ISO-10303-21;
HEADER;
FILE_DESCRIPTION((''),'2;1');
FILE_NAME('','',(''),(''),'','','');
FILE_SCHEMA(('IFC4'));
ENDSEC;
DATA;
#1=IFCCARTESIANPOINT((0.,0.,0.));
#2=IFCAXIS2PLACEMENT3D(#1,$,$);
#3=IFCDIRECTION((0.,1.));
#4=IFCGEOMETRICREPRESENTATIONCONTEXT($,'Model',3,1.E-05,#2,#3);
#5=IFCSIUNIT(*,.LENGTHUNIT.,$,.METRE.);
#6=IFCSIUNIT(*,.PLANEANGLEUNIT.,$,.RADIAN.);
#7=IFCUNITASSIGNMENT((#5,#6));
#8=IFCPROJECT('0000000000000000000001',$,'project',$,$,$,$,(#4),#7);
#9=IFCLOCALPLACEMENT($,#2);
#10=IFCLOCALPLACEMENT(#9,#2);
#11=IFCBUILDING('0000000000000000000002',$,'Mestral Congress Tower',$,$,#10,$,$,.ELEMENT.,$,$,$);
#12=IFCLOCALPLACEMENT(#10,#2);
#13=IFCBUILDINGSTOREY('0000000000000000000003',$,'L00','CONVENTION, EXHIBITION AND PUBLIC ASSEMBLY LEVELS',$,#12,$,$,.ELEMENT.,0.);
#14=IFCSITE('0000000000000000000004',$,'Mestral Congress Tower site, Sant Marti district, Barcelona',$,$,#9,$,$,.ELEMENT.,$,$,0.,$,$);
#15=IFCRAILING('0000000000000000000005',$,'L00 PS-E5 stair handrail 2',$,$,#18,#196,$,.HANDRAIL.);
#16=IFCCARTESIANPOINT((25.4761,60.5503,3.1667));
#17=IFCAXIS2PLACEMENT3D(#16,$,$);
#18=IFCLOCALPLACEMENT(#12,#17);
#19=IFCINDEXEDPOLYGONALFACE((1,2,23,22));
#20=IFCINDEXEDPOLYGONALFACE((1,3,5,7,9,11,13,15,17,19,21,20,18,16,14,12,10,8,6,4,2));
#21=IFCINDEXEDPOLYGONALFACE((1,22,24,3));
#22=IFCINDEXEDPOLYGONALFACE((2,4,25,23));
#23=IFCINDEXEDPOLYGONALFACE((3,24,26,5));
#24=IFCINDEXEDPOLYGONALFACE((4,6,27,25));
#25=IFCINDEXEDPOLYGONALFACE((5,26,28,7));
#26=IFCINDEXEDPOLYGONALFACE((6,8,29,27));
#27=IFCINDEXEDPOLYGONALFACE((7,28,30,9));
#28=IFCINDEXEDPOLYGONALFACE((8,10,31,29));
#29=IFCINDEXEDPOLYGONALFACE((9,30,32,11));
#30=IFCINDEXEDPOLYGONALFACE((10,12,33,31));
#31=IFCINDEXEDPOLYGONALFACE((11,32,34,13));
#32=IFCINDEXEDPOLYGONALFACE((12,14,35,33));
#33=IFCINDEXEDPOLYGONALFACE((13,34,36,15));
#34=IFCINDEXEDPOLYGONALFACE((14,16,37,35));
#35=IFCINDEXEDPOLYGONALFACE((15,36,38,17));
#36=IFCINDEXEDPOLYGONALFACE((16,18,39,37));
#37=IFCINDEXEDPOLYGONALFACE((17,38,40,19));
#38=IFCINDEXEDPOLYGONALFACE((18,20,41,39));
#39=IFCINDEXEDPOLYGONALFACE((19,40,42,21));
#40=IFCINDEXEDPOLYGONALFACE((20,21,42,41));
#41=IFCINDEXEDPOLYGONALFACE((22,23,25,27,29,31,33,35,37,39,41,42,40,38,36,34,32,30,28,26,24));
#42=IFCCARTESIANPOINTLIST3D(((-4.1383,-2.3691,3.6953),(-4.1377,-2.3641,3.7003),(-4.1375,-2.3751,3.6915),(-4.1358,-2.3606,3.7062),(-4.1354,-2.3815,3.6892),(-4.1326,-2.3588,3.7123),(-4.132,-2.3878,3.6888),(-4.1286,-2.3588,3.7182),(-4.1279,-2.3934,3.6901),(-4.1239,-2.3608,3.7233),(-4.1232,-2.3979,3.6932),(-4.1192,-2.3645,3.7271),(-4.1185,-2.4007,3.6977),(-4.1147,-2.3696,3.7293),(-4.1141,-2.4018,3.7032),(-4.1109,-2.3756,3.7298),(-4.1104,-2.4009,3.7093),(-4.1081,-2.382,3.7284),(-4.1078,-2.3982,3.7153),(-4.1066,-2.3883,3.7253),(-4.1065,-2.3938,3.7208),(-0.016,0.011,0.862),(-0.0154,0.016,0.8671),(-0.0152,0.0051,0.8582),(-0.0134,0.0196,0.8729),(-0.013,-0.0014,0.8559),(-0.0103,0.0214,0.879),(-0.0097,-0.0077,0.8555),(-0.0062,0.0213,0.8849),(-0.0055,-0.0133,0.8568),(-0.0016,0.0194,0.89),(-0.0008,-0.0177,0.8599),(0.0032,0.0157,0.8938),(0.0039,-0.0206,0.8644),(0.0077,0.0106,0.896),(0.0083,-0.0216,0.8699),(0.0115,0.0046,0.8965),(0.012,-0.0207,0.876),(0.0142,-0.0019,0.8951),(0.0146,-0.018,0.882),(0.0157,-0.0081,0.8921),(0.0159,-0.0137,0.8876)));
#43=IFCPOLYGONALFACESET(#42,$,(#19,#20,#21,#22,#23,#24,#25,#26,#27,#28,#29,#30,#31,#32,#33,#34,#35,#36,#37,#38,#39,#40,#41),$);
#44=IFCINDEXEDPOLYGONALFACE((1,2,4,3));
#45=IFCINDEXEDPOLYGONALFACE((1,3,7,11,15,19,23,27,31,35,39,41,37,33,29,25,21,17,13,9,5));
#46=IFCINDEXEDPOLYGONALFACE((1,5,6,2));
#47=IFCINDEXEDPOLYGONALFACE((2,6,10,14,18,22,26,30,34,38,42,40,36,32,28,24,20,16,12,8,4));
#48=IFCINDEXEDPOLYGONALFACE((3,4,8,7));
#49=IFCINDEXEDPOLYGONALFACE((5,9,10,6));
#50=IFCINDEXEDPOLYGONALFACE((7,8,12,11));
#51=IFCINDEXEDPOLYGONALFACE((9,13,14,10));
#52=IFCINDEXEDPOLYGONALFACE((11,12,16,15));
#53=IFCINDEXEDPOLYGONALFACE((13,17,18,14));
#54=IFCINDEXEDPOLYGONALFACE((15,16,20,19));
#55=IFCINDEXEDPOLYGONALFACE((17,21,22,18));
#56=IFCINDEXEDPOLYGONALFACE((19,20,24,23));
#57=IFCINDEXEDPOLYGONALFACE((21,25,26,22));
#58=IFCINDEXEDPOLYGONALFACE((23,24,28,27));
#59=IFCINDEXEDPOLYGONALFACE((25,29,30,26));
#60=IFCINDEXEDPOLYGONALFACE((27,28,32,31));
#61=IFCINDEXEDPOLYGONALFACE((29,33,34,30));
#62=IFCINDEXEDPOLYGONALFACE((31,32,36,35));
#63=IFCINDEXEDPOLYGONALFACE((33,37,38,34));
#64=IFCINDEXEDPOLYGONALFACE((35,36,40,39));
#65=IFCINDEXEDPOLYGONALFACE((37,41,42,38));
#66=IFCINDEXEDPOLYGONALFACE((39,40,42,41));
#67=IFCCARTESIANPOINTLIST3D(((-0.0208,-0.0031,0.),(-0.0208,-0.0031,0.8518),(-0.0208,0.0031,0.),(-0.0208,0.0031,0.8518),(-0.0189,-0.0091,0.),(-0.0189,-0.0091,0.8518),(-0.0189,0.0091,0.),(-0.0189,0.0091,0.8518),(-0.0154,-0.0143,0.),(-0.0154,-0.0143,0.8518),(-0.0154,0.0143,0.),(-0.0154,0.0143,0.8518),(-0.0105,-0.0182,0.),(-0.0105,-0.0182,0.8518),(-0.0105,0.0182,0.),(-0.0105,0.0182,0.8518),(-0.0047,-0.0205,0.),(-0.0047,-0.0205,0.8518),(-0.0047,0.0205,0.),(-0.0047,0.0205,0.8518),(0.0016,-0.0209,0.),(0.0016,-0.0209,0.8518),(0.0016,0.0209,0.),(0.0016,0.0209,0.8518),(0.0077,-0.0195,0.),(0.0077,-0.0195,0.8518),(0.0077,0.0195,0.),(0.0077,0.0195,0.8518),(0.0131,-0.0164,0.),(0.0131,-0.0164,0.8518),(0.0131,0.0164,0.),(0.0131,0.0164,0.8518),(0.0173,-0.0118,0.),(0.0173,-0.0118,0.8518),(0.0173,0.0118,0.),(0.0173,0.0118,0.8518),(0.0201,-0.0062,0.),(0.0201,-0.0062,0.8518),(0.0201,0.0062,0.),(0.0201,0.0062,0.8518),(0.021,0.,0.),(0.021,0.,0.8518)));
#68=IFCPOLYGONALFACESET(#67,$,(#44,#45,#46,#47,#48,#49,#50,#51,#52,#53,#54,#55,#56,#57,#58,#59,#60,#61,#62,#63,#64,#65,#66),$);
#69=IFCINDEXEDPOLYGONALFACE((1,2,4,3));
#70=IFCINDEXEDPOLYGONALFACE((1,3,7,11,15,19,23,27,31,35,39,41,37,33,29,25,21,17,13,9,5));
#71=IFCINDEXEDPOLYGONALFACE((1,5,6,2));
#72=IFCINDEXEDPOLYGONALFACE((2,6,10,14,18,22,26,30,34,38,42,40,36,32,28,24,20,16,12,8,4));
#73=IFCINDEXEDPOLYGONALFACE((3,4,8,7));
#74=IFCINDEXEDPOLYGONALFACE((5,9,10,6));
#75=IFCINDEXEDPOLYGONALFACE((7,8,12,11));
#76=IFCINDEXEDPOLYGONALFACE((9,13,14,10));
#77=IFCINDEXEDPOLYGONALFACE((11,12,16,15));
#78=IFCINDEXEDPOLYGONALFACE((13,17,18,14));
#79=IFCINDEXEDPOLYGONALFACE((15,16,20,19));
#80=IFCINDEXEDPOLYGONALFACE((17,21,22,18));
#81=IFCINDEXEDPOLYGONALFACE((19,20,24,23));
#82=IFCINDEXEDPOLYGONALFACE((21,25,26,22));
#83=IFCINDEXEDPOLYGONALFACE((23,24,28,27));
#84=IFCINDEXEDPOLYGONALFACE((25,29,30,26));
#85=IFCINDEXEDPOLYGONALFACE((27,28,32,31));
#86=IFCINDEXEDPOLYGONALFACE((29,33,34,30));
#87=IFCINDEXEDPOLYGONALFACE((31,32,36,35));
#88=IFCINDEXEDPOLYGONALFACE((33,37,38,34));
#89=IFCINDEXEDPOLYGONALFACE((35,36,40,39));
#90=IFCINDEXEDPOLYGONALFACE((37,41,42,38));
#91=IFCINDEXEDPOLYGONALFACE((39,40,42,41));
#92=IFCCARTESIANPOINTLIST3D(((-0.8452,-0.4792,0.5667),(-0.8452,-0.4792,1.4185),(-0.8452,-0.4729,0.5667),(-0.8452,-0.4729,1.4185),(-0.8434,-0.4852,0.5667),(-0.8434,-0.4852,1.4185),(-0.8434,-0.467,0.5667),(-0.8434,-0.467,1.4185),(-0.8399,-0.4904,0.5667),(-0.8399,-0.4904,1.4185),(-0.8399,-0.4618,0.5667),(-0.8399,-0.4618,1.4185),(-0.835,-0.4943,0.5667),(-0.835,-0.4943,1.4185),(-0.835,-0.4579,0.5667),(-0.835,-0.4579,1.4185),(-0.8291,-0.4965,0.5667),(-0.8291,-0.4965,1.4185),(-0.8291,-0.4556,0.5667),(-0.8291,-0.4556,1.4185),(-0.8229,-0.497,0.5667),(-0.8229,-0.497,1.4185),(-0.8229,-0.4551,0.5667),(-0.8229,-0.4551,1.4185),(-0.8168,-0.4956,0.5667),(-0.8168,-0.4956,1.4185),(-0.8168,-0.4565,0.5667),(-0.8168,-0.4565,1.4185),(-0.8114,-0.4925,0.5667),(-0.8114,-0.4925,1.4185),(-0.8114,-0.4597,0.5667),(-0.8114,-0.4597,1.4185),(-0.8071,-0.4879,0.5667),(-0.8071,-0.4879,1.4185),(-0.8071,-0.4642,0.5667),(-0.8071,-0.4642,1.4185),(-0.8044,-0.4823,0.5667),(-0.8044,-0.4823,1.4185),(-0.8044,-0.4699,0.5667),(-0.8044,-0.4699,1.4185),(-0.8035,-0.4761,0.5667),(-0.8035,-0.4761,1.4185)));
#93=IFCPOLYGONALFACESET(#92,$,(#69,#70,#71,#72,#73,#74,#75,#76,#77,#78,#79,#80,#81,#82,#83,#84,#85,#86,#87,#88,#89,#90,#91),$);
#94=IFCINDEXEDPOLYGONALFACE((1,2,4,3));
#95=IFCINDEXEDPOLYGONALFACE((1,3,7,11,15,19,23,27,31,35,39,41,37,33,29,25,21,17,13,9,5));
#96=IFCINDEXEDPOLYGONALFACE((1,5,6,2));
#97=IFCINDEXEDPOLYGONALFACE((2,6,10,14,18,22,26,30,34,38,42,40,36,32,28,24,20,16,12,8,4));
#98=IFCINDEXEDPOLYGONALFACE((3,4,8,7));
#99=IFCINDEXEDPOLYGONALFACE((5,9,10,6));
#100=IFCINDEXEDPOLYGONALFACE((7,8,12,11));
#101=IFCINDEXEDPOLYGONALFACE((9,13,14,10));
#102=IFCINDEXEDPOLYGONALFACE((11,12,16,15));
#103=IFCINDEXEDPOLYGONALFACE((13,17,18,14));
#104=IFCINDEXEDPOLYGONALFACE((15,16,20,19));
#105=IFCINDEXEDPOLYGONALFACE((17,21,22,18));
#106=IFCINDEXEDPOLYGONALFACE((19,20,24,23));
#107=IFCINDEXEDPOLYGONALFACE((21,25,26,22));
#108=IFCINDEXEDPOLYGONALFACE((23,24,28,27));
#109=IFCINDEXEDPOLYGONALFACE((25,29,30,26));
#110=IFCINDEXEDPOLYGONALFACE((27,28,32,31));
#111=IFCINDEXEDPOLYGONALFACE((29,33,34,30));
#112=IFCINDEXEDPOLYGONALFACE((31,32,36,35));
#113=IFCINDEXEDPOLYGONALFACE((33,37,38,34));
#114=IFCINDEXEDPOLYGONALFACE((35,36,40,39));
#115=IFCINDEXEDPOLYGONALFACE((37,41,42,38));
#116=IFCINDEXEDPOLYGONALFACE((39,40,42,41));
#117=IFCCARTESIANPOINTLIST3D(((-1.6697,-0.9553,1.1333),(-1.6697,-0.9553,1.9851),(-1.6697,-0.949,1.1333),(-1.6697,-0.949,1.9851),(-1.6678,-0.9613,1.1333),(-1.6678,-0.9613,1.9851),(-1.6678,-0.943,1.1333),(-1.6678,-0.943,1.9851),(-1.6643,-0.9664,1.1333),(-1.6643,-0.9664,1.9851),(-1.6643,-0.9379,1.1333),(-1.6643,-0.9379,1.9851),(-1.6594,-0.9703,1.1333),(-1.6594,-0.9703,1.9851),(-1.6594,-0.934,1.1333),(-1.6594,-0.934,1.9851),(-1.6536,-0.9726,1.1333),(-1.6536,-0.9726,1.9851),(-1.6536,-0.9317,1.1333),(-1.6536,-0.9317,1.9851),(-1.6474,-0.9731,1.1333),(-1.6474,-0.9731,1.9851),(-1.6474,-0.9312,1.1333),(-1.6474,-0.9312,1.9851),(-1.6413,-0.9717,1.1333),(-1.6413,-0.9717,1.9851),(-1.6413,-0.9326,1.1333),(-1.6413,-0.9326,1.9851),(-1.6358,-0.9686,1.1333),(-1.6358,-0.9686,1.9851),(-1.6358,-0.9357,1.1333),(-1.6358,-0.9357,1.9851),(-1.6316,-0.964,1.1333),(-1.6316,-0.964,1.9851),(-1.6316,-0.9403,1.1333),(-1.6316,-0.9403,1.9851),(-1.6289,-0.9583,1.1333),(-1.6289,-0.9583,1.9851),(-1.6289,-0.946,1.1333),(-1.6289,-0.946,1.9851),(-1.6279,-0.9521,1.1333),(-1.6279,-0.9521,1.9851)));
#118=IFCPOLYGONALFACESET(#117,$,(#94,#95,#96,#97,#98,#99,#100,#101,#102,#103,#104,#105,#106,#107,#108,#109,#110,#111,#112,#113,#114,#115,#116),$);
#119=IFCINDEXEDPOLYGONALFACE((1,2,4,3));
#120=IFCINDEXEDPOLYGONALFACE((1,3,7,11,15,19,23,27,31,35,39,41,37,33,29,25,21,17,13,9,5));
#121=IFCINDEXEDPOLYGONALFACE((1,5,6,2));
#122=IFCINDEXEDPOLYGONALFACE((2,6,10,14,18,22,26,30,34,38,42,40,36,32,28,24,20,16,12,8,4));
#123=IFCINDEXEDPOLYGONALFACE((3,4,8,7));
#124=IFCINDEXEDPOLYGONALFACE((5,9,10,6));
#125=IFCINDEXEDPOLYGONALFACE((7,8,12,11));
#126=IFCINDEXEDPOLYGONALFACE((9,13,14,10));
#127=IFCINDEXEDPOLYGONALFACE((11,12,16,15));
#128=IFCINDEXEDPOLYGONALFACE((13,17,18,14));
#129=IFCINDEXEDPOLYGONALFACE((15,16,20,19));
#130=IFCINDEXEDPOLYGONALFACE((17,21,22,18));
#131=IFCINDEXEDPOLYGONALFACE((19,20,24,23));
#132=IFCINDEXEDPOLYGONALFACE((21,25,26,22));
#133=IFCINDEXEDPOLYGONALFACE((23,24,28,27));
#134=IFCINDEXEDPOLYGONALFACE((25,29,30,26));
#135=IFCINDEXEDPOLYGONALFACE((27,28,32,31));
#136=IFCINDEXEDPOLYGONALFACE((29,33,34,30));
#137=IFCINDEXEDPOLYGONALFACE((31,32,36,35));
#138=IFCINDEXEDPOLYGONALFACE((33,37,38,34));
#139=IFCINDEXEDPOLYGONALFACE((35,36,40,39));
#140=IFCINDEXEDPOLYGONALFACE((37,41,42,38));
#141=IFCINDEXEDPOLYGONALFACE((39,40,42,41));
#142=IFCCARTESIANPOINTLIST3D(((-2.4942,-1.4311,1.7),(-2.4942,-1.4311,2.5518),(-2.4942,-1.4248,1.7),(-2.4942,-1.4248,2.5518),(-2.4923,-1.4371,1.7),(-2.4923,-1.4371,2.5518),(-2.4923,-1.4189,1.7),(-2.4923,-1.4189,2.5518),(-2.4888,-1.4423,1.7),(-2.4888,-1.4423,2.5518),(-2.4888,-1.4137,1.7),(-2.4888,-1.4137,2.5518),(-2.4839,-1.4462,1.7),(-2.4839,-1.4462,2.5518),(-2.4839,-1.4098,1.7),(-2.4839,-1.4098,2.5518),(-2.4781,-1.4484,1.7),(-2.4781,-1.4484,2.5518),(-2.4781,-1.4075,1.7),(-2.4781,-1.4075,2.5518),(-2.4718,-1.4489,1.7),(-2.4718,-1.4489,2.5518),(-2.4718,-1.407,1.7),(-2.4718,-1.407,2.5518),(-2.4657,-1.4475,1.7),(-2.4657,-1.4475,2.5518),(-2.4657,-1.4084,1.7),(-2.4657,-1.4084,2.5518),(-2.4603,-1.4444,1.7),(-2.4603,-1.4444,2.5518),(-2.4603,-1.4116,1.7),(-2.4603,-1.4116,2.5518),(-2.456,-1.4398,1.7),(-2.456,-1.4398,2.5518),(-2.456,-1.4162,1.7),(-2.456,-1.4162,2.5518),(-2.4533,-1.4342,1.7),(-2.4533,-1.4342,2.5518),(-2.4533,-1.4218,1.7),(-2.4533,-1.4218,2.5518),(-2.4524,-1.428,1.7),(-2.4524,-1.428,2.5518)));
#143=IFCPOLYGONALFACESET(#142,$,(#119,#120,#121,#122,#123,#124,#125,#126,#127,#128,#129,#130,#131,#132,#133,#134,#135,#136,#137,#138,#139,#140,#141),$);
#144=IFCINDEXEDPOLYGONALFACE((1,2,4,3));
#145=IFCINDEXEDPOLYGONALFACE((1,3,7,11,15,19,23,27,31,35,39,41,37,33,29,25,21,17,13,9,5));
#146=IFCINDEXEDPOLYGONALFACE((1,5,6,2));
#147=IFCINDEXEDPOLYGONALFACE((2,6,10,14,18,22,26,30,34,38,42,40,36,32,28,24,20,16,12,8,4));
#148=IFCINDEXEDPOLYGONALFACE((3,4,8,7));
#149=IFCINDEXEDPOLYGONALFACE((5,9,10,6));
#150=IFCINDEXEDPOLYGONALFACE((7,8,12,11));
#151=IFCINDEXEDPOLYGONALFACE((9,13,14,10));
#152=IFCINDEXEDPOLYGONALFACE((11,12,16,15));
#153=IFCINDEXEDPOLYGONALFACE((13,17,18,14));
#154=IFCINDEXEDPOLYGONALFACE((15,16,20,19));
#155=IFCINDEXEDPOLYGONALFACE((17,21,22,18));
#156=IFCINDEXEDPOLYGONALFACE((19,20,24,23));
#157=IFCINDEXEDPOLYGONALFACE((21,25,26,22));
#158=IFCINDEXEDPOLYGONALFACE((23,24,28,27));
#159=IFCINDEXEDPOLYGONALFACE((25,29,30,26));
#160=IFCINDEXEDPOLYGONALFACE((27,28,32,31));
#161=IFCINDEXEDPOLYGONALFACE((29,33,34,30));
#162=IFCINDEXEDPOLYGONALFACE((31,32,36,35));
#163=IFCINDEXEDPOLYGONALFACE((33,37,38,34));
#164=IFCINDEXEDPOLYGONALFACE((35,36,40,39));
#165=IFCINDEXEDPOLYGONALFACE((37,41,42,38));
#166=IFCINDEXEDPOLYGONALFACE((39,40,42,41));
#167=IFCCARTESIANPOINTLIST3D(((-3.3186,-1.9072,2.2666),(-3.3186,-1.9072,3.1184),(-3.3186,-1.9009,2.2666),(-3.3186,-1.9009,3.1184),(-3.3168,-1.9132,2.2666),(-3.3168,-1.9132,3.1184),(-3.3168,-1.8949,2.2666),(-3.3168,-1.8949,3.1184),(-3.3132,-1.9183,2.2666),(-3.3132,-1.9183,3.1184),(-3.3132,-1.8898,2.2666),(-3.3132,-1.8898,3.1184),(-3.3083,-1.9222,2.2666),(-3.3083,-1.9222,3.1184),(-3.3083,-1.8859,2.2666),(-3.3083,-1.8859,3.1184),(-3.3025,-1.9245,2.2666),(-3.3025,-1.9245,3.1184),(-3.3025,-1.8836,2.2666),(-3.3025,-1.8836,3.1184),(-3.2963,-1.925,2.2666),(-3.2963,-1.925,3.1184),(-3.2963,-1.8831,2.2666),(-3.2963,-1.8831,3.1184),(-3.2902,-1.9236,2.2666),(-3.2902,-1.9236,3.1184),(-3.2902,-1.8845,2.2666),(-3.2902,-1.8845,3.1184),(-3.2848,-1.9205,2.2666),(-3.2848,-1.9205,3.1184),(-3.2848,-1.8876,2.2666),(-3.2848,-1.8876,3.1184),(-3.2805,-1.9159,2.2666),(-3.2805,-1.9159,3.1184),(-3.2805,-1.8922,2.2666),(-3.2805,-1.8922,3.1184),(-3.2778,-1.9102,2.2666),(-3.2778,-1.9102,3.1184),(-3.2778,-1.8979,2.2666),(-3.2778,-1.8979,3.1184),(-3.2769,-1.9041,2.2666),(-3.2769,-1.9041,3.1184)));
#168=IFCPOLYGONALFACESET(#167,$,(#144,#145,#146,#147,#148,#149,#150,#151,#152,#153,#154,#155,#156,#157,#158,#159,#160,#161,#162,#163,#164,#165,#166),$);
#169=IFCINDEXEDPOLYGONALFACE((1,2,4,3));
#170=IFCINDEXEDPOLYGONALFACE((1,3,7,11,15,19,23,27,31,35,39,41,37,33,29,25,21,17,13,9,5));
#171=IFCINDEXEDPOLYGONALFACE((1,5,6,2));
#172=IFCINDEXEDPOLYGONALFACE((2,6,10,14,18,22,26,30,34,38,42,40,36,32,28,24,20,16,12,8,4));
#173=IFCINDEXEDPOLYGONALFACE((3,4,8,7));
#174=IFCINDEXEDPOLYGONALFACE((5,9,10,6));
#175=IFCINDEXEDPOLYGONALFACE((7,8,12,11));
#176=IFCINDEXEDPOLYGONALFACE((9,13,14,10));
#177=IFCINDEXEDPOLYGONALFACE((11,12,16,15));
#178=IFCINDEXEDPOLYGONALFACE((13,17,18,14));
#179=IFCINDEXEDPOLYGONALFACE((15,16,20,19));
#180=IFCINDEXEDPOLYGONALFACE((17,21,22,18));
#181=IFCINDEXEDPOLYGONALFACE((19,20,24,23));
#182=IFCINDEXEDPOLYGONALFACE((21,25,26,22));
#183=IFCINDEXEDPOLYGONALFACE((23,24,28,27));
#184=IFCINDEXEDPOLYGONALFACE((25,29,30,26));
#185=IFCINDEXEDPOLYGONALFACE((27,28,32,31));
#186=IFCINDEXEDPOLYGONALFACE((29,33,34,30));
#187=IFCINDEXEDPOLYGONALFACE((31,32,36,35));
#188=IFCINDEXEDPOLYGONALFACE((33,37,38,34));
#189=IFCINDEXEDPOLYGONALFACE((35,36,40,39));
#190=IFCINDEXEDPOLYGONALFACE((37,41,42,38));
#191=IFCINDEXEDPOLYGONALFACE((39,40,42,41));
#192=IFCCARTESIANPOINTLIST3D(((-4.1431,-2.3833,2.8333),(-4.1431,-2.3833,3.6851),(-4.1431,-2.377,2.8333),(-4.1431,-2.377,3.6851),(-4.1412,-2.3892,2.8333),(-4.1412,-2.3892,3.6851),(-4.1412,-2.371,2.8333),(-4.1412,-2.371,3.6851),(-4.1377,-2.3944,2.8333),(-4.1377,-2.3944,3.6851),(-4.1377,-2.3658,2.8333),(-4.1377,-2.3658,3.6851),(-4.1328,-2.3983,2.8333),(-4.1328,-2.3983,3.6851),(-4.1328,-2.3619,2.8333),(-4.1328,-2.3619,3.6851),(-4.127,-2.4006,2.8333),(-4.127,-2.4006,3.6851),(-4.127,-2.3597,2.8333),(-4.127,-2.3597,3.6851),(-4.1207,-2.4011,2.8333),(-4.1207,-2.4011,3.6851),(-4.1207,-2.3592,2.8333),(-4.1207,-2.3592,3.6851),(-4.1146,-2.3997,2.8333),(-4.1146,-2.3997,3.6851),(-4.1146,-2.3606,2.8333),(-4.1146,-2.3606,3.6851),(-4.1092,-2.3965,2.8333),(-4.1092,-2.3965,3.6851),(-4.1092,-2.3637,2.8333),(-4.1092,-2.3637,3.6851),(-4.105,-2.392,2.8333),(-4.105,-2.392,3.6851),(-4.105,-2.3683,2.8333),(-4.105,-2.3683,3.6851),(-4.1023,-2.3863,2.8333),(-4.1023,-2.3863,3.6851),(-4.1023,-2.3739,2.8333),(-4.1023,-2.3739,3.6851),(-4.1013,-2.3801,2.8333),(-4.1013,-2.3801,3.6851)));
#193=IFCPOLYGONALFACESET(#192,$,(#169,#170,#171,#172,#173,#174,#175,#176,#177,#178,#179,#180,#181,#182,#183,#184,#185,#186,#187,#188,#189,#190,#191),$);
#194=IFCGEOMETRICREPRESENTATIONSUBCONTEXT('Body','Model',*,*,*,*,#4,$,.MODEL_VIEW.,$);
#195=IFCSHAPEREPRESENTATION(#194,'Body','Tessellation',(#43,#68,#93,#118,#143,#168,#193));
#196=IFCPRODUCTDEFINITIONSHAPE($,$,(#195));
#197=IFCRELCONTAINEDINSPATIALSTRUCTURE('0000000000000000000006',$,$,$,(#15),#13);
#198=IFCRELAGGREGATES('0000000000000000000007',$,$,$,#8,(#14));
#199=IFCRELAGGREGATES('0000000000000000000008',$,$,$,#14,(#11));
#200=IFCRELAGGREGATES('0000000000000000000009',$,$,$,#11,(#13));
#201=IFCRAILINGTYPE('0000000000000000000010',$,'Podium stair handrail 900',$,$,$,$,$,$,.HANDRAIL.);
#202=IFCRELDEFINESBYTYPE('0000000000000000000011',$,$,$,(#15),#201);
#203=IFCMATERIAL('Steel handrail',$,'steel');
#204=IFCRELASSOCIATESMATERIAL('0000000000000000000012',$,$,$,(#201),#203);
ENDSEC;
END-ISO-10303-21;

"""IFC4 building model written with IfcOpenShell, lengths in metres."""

from ifc_helpers import new_model, si_unit, direction, frame, origin, origin_2d, place, context, subcontext, project, spatial, circle, extrude, material, type_object, element, save


model = new_model("IFC4")

# Units and contexts
model_context = context("Model", 3, precision=1e-05, world=origin(), true_north=direction((0.0, 1.0)))
body_context = subcontext(model_context, "Body", "Model", "MODEL_VIEW")
ifc_project = project(units=[si_unit("LENGTHUNIT", "METRE"), si_unit("PLANEANGLEUNIT", "RADIAN")], contexts=[model_context])

# Site, building, storey
site_placement = place(None, origin())
site = spatial("IfcSite", under=ifc_project, at=site_placement, Name="Mestral Congress Tower site, Sant Marti district, Barcelona", CompositionType="ELEMENT", RefElevation=0.0)
building_placement = place(site_placement, origin())
building = spatial("IfcBuilding", under=site, at=building_placement, Name="Mestral Congress Tower", CompositionType="ELEMENT")
storey_placement = place(building_placement, origin())
storey = spatial("IfcBuildingStorey", under=building, at=storey_placement, Name="L00", Description="CONVENTION, EXHIBITION AND PUBLIC ASSEMBLY LEVELS", CompositionType="ELEMENT", Elevation=0.0)

# Railing
ifc_material_1 = material(Name="Steel handrail", Category="steel")
railing_type_1 = type_object("IfcRailingType", Name="Podium stair handrail 900", PredefinedType="HANDRAIL", material=ifc_material_1)
railing_1_placement = place(storey_placement, frame((25.4761, 60.5503, 3.1667)))
element("IfcRailing", 1, at=railing_1_placement, inside=storey, type_object=railing_type_1, Name="L00 PS-E5 stair handrail 2", PredefinedType="HANDRAIL", context=body_context, shape_type="SweptSolid", body=[
    extrude(circle(Radius=0.0239, at=origin_2d()), frame((0.0, 0.0, 0.876), z_axis=(-0.74417, -0.429666, 0.511466), x_axis=(0.500017, -0.866016, 0.0)), (0.0, 0.0, 1.0), 5.5396),
    extrude(circle(Radius=0.021, at=origin_2d()), origin(), (0.0, 0.0, 1.0), 0.8518),
    extrude(circle(Radius=0.021, at=origin_2d()), frame((-0.8245, -0.4761, 0.5667)), (0.0, 0.0, 1.0), 0.8518),
    extrude(circle(Radius=0.021, at=origin_2d()), frame((-1.6489, -0.9521, 1.1333)), (0.0, 0.0, 1.0), 0.8518),
    extrude(circle(Radius=0.021, at=origin_2d()), frame((-2.4734, -1.428, 1.7)), (0.0, 0.0, 1.0), 0.8518),
    extrude(circle(Radius=0.021, at=origin_2d()), frame((-3.2979, -1.9041, 2.2666)), (0.0, 0.0, 1.0), 0.8518),
    extrude(circle(Radius=0.021, at=origin_2d()), frame((-4.1223, -2.3801, 2.8333)), (0.0, 0.0, 1.0), 0.8518),
])

save(model, "model.ifc")
